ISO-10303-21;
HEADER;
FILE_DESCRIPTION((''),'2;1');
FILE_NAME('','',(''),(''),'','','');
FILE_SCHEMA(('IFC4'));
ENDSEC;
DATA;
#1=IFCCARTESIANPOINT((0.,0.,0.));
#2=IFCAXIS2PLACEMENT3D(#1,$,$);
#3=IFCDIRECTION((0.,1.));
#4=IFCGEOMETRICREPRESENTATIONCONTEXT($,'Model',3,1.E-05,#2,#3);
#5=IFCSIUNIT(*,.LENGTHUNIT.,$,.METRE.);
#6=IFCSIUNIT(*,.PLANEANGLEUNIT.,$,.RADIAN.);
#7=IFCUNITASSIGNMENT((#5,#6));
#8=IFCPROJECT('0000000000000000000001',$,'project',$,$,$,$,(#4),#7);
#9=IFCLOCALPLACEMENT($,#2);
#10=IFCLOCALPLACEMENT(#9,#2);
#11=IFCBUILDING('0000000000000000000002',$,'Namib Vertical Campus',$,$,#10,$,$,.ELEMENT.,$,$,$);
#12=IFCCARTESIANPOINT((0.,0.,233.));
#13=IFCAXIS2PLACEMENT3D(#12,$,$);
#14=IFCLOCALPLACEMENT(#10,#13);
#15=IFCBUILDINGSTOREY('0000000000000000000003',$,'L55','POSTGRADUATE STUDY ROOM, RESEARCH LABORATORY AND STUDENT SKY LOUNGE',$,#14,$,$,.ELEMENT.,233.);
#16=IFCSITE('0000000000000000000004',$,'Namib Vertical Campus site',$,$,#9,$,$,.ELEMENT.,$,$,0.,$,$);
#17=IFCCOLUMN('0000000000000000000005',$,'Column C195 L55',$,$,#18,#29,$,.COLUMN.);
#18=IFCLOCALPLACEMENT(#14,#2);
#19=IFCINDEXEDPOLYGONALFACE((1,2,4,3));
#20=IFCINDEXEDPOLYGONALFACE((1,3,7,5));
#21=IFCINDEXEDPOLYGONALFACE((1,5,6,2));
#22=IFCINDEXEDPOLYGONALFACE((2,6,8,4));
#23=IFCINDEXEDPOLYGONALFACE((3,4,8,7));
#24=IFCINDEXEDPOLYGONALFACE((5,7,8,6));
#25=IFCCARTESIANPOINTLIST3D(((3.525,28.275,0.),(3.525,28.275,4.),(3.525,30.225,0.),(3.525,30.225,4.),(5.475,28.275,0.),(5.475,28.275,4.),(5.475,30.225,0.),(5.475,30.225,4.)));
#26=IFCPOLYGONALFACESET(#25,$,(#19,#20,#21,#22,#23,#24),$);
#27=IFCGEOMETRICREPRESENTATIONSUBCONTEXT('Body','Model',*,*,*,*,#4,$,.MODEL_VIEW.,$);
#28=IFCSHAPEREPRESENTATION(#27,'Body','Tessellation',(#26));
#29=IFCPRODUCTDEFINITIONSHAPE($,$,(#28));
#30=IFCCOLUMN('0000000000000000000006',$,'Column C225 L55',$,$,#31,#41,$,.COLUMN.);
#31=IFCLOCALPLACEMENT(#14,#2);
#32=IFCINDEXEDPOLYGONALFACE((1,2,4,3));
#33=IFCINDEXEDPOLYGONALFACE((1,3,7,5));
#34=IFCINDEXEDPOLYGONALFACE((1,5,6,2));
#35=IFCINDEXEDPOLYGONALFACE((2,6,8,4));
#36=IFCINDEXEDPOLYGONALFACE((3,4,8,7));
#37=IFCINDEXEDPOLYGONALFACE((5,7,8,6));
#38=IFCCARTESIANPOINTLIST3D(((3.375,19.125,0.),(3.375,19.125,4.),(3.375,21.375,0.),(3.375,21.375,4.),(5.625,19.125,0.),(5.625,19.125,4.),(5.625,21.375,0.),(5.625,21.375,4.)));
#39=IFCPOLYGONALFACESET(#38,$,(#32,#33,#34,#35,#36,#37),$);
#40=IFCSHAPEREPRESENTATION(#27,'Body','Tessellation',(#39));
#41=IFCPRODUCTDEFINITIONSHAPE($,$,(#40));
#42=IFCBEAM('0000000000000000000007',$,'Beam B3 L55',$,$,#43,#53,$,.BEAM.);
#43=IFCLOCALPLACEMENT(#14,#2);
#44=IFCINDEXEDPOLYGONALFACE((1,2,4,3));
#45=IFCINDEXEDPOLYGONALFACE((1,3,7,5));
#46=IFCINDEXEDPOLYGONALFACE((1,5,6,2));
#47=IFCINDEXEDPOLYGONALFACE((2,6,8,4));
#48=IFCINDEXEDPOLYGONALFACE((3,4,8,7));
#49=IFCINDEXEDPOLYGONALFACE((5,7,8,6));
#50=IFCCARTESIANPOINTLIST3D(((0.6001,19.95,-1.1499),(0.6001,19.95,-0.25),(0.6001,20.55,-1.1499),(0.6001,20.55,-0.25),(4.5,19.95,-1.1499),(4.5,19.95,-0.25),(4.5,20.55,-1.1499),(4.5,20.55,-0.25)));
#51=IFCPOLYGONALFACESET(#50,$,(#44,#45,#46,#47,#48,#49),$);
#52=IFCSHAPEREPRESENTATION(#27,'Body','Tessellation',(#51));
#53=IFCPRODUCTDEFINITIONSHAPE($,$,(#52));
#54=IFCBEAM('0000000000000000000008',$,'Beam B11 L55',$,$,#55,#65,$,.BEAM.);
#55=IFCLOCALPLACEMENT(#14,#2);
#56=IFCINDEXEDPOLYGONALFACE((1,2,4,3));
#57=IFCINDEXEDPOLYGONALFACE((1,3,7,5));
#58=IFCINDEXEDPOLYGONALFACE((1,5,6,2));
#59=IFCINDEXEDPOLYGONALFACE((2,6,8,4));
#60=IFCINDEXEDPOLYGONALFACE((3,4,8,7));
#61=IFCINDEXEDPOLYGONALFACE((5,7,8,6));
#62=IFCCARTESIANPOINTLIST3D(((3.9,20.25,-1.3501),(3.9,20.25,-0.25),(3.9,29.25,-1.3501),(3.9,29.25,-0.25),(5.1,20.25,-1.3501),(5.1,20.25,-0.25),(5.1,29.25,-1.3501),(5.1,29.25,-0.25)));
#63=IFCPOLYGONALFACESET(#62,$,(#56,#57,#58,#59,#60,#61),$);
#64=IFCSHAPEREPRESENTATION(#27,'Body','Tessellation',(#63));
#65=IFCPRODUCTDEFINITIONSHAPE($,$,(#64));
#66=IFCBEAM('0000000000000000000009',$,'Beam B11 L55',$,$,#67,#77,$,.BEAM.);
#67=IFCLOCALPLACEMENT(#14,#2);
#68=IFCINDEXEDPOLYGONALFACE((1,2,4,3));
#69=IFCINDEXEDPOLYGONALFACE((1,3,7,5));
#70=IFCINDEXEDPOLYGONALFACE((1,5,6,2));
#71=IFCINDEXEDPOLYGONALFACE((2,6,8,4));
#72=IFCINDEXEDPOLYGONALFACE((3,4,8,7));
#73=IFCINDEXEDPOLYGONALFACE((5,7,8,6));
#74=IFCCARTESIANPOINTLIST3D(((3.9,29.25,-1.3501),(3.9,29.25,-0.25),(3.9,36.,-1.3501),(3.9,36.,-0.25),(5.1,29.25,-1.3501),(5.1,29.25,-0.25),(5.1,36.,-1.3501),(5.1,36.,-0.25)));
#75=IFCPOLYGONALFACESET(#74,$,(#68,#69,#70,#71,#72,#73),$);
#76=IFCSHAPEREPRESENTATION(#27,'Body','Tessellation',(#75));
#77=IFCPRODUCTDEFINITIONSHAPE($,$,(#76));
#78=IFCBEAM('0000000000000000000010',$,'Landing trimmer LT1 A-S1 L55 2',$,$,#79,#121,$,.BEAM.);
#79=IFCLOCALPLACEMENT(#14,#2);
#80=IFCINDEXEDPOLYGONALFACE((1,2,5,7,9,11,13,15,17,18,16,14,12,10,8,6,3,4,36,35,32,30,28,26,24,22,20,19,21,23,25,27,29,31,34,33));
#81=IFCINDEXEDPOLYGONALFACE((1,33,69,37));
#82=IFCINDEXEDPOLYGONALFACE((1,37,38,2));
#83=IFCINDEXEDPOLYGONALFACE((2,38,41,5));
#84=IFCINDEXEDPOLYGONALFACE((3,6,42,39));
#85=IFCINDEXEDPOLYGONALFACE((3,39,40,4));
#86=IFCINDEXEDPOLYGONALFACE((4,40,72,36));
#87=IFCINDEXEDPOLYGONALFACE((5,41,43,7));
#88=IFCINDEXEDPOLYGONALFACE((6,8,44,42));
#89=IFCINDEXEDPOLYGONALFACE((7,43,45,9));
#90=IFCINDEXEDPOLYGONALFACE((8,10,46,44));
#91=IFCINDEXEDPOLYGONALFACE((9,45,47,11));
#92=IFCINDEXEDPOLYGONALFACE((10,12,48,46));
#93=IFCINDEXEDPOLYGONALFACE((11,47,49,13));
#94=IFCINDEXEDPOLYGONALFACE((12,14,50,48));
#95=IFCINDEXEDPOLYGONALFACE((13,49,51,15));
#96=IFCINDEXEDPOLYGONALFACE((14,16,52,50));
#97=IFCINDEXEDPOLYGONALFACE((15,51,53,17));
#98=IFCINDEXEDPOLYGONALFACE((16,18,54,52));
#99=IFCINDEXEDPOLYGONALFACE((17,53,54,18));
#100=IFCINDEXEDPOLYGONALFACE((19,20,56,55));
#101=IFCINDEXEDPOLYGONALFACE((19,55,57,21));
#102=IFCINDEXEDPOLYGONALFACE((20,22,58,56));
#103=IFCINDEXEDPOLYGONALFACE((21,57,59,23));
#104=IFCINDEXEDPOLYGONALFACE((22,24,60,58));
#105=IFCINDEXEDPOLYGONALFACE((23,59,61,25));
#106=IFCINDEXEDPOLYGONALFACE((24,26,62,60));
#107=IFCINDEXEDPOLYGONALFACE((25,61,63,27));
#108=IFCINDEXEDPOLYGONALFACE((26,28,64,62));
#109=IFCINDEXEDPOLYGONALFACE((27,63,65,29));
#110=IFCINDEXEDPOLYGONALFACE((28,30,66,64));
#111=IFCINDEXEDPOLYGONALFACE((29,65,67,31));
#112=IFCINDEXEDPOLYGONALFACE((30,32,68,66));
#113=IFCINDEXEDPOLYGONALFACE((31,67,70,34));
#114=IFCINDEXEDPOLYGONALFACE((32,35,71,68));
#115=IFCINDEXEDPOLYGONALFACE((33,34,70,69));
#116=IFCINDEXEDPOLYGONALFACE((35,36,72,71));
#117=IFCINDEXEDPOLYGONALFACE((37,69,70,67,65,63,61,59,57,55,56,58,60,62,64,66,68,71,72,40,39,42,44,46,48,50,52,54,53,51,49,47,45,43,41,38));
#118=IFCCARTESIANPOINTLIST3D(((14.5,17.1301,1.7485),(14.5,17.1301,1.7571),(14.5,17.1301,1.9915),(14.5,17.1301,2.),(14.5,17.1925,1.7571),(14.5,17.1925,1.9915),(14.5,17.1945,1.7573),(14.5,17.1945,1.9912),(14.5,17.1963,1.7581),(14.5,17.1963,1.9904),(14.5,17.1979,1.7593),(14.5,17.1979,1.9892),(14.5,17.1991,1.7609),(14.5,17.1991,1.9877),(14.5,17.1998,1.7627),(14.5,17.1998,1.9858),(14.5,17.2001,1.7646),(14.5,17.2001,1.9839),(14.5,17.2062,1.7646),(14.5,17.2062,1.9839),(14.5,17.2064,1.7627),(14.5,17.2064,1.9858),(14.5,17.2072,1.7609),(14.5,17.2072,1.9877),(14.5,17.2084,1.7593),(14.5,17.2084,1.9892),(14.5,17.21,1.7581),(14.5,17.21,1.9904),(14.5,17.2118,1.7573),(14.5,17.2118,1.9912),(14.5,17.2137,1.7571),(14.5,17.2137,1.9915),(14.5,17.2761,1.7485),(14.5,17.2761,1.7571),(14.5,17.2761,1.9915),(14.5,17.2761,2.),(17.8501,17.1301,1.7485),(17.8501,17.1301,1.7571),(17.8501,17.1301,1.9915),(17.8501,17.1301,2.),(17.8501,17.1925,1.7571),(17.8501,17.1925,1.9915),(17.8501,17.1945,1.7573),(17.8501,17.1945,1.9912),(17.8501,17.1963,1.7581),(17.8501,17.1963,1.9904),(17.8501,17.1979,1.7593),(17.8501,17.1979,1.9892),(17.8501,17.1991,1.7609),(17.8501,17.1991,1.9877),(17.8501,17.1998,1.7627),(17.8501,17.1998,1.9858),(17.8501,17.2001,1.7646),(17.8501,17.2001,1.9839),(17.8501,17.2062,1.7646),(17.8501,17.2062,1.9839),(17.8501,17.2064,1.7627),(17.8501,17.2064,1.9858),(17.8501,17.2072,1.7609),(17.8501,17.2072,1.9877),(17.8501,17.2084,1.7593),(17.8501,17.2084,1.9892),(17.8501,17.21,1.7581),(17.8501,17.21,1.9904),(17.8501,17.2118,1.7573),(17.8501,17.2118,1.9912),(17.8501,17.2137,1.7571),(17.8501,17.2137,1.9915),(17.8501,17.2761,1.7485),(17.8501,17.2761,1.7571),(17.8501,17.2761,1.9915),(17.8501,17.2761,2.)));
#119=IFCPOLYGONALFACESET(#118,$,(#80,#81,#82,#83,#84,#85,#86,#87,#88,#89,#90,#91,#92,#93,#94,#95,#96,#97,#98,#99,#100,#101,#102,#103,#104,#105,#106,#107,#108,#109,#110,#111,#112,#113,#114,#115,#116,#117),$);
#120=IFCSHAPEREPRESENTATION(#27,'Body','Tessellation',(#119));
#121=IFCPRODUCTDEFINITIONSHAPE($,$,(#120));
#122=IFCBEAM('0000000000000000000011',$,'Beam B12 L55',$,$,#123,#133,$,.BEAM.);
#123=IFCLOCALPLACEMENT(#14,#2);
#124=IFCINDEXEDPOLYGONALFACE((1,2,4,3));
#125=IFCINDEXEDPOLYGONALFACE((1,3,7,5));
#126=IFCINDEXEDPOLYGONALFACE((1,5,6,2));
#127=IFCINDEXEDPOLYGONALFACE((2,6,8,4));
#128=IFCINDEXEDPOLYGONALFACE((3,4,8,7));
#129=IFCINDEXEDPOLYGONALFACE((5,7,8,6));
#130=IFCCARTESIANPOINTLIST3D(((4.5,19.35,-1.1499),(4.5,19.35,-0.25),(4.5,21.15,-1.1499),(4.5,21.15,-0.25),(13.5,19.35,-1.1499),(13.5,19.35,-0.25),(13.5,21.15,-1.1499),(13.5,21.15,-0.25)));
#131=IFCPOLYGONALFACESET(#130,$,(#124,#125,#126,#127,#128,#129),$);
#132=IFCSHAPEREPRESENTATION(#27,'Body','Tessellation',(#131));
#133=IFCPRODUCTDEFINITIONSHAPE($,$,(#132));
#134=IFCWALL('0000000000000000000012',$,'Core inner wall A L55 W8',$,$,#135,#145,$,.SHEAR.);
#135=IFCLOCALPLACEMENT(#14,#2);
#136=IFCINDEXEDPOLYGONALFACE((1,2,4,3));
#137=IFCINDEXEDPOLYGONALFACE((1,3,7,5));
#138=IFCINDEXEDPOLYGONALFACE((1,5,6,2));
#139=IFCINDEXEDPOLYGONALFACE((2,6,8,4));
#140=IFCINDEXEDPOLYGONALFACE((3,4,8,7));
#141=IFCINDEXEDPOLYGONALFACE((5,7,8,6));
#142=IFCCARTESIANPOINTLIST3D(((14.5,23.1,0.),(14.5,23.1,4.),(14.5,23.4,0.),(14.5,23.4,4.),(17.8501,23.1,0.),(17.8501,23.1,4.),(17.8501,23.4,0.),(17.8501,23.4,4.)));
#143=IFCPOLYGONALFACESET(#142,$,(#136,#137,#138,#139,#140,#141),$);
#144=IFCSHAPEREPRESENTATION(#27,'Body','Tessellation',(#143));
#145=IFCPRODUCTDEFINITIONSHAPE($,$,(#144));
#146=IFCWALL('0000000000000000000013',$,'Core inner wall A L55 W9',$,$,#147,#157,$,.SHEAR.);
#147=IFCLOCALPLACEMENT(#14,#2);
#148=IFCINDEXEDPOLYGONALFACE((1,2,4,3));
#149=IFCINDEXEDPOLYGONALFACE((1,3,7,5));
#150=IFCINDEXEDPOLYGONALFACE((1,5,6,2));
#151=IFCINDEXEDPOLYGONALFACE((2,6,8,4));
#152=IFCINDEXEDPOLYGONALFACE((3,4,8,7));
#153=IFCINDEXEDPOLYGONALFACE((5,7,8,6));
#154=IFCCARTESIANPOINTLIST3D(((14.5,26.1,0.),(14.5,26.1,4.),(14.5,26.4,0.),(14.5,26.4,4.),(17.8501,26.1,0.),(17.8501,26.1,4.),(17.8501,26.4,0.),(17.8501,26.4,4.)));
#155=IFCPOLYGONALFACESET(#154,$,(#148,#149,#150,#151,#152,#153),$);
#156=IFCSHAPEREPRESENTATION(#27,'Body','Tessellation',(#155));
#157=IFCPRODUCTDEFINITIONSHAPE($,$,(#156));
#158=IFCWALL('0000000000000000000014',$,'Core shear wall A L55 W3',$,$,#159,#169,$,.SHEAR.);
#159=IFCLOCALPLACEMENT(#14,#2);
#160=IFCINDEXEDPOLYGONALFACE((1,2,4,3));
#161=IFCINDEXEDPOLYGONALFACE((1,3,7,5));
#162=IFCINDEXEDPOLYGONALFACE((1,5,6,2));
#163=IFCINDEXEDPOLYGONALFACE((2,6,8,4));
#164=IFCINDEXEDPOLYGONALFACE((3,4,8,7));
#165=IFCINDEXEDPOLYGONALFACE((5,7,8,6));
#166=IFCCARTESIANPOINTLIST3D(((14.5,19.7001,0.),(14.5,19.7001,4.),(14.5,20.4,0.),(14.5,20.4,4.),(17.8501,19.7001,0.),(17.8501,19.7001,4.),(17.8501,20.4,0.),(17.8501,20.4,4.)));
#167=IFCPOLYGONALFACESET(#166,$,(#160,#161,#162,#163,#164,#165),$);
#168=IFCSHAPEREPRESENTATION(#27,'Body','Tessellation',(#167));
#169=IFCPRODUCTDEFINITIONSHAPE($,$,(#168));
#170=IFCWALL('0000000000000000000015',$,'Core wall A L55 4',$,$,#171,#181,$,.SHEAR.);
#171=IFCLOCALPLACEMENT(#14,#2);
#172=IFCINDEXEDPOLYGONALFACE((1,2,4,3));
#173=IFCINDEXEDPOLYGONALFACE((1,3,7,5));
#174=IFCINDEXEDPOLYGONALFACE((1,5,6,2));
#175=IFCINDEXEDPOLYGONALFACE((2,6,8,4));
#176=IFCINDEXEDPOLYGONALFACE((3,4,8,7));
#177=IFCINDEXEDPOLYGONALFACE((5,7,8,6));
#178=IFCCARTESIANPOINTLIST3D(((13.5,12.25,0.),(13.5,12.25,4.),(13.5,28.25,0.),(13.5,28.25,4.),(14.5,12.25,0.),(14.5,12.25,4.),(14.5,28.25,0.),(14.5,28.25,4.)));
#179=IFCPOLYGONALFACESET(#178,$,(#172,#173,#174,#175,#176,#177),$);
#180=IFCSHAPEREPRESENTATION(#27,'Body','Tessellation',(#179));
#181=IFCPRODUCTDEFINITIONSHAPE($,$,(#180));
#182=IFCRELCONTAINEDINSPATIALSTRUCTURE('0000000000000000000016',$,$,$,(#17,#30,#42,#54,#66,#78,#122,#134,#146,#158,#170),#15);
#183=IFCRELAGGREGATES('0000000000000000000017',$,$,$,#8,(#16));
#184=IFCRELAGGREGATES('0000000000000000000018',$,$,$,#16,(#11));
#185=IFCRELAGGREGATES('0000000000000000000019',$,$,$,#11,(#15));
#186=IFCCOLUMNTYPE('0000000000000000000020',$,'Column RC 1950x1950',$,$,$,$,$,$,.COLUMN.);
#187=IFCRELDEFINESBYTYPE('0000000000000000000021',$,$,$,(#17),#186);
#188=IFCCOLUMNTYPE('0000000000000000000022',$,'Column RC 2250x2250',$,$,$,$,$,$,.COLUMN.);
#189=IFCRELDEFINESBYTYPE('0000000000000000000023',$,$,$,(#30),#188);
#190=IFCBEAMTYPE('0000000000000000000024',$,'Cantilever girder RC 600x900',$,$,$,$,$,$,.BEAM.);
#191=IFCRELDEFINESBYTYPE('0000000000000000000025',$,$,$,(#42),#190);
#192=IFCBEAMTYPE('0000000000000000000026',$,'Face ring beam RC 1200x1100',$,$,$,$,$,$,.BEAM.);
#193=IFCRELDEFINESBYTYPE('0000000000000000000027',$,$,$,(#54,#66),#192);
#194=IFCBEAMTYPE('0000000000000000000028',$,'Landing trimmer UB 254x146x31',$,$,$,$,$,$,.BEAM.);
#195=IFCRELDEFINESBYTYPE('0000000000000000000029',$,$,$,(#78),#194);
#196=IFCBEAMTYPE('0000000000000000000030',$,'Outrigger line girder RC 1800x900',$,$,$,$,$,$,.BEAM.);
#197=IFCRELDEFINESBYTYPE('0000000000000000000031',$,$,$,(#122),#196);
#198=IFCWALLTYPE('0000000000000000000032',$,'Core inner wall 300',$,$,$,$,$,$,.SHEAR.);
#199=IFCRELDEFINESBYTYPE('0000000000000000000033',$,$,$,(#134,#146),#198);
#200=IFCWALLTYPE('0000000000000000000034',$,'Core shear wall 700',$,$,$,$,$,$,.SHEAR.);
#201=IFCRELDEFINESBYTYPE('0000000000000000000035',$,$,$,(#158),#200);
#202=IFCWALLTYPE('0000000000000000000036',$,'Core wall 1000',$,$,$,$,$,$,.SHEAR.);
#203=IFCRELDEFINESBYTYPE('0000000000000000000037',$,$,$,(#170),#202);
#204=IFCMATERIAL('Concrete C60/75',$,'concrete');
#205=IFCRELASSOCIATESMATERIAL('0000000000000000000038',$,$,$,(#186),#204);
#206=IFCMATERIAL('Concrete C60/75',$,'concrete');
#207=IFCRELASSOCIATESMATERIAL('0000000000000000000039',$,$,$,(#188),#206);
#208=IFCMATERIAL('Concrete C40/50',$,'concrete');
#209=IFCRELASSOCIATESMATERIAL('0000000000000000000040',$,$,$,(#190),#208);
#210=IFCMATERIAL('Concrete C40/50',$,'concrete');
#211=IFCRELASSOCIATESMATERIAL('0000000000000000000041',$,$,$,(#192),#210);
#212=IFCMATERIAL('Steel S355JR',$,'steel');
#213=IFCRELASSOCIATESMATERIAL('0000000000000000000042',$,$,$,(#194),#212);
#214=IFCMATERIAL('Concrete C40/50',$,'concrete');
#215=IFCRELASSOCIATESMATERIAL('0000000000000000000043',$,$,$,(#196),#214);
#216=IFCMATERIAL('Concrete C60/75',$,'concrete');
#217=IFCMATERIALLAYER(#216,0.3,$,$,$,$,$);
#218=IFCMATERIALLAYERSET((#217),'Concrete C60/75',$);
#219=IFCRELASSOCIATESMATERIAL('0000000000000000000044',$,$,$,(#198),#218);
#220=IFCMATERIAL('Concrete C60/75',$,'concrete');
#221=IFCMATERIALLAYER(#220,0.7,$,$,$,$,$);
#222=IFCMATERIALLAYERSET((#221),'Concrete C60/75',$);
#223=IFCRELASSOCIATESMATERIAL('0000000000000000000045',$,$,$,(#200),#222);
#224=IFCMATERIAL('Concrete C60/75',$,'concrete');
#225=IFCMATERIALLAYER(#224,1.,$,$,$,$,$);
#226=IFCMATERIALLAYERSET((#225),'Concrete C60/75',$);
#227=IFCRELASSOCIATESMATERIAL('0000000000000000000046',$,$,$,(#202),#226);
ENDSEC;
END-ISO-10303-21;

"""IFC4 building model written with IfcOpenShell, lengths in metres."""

from ifc_helpers import new_model, si_unit, direction, frame, frame_2d, origin, origin_2d, place, context, subcontext, project, spatial, rectangle, i_section, extrude, material, layer, layer_set, material_profile, profile_set, type_object, element, save


model = new_model("IFC4")

# Units and contexts
model_context = context("Model", 3, precision=1e-05, world=origin(), true_north=direction((0.0, 1.0)))
body_context = subcontext(model_context, "Body", "Model", "MODEL_VIEW")
ifc_project = project(units=[si_unit("LENGTHUNIT", "METRE"), si_unit("PLANEANGLEUNIT", "RADIAN")], contexts=[model_context])

# Site, building, storey
site_placement = place(None, origin())
site = spatial("IfcSite", under=ifc_project, at=site_placement, Name="Namib Vertical Campus site", CompositionType="ELEMENT", RefElevation=0.0)
building_placement = place(site_placement, origin())
building = spatial("IfcBuilding", under=site, at=building_placement, Name="Namib Vertical Campus", CompositionType="ELEMENT")
storey_placement = place(building_placement, frame((0.0, 0.0, 233.0)))
storey = spatial("IfcBuildingStorey", under=building, at=storey_placement, Name="L55", Description="POSTGRADUATE STUDY ROOM, RESEARCH LABORATORY AND STUDENT SKY LOUNGE", CompositionType="ELEMENT", Elevation=233.0)

# Columns
ifc_material_1 = material(Name="Concrete C60/75", Category="concrete")
ifc_material_profile_1 = material_profile(ifc_material_1, rectangle(XDim=1.95, YDim=1.95, at=origin_2d()))
ifc_profile_set_1 = profile_set([ifc_material_profile_1], Name="Concrete C60/75")
column_type_1 = type_object("IfcColumnType", Name="Column RC 1950x1950", PredefinedType="COLUMN", material=ifc_profile_set_1)
column_1_placement = place(storey_placement, frame((4.5, 29.25, 0.0), z_axis=(0.0, 0.0, 1.0), x_axis=(1.0, 0.0, 0.0)))
element("IfcColumn", 1, at=column_1_placement, inside=storey, type_object=column_type_1, Name="Column C195 L55", PredefinedType="COLUMN", context=body_context, shape_type="SweptSolid", body=[
    extrude(rectangle(XDim=1.95, YDim=1.95, at=origin_2d()), origin(), (0.0, 0.0, 1.0), 4.0),
])
ifc_material_2 = material(Name="Concrete C60/75", Category="concrete")
ifc_material_profile_2 = material_profile(ifc_material_2, rectangle(XDim=2.25, YDim=2.25, at=origin_2d()))
ifc_profile_set_2 = profile_set([ifc_material_profile_2], Name="Concrete C60/75")
column_type_2 = type_object("IfcColumnType", Name="Column RC 2250x2250", PredefinedType="COLUMN", material=ifc_profile_set_2)
column_2_placement = place(storey_placement, frame((4.5, 20.25, 0.0), z_axis=(0.0, 0.0, 1.0), x_axis=(1.0, 0.0, 0.0)))
element("IfcColumn", 2, at=column_2_placement, inside=storey, type_object=column_type_2, Name="Column C225 L55", PredefinedType="COLUMN", context=body_context, shape_type="SweptSolid", body=[
    extrude(rectangle(XDim=2.25, YDim=2.25, at=origin_2d()), origin(), (0.0, 0.0, 1.0), 4.0),
])

# Beams
ifc_material_3 = material(Name="Concrete C40/50", Category="concrete")
ifc_material_profile_3 = material_profile(ifc_material_3, rectangle(XDim=0.6001, YDim=0.8999, at=origin_2d()))
ifc_profile_set_3 = profile_set([ifc_material_profile_3], Name="Concrete C40/50")
beam_type_1 = type_object("IfcBeamType", Name="Cantilever girder RC 600x900", PredefinedType="BEAM", material=ifc_profile_set_3)
beam_1_placement = place(storey_placement, frame((4.5, 20.25, -0.7), z_axis=(-1.0, 0.0, 0.0), x_axis=(0.0, -1.0, 0.0)))
element("IfcBeam", 3, at=beam_1_placement, inside=storey, type_object=beam_type_1, Name="Beam B3 L55", PredefinedType="BEAM", context=body_context, shape_type="SweptSolid", body=[
    extrude(rectangle(XDim=0.6001, YDim=0.8999, at=origin_2d()), origin(), (0.0, 0.0, 1.0), 3.8999),
])
ifc_material_4 = material(Name="Concrete C40/50", Category="concrete")
ifc_material_profile_4 = material_profile(ifc_material_4, rectangle(XDim=1.2, YDim=1.1001, at=origin_2d()))
ifc_profile_set_4 = profile_set([ifc_material_profile_4], Name="Concrete C40/50")
beam_type_2 = type_object("IfcBeamType", Name="Face ring beam RC 1200x1100", PredefinedType="BEAM", material=ifc_profile_set_4)
beam_2_placement = place(storey_placement, frame((4.5, 20.25, -0.8), z_axis=(0.0, 1.0, 0.0), x_axis=(-1.0, 0.0, 0.0)))
element("IfcBeam", 4, at=beam_2_placement, inside=storey, type_object=beam_type_2, Name="Beam B11 L55", PredefinedType="BEAM", context=body_context, shape_type="SweptSolid", body=[
    extrude(rectangle(XDim=1.2, YDim=1.1001, at=origin_2d()), origin(), (0.0, 0.0, 1.0), 9.0),
])
beam_3_placement = place(storey_placement, frame((4.5, 29.25, -0.8), z_axis=(0.0, 1.0, 0.0), x_axis=(-1.0, 0.0, 0.0)))
element("IfcBeam", 5, at=beam_3_placement, inside=storey, type_object=beam_type_2, Name="Beam B11 L55", PredefinedType="BEAM", context=body_context, shape_type="SweptSolid", body=[
    extrude(rectangle(XDim=1.2, YDim=1.1001, at=origin_2d()), origin(), (0.0, 0.0, 1.0), 6.75),
])
ifc_material_5 = material(Name="Steel S355JR", Category="steel")
ifc_material_profile_5 = material_profile(ifc_material_5, i_section(OverallWidth=0.146, OverallDepth=0.2515, WebThickness=0.0061, FlangeThickness=0.0085, FilletRadius=0.0076, at=origin_2d()))
ifc_profile_set_5 = profile_set([ifc_material_profile_5], Name="Steel S355JR")
beam_type_3 = type_object("IfcBeamType", Name="Landing trimmer UB 254x146x31", PredefinedType="BEAM", material=ifc_profile_set_5)
beam_4_placement = place(storey_placement, frame((14.5, 17.2031, 1.8743), z_axis=(1.0, 0.0, 0.0), x_axis=(0.0, 1.0, 0.0)))
element("IfcBeam", 6, at=beam_4_placement, inside=storey, type_object=beam_type_3, Name="Landing trimmer LT1 A-S1 L55 2", PredefinedType="BEAM", context=body_context, shape_type="SweptSolid", body=[
    extrude(i_section(OverallWidth=0.146, OverallDepth=0.2515, WebThickness=0.0061, FlangeThickness=0.0085, FilletRadius=0.0076, at=origin_2d()), origin(), (0.0, 0.0, 1.0), 3.3501),
])
ifc_material_6 = material(Name="Concrete C40/50", Category="concrete")
ifc_material_profile_6 = material_profile(ifc_material_6, rectangle(XDim=1.8, YDim=0.8999, at=origin_2d()))
ifc_profile_set_6 = profile_set([ifc_material_profile_6], Name="Concrete C40/50")
beam_type_4 = type_object("IfcBeamType", Name="Outrigger line girder RC 1800x900", PredefinedType="BEAM", material=ifc_profile_set_6)
beam_5_placement = place(storey_placement, frame((4.5, 20.25, -0.7), z_axis=(1.0, 0.0, 0.0), x_axis=(0.0, 1.0, 0.0)))
element("IfcBeam", 7, at=beam_5_placement, inside=storey, type_object=beam_type_4, Name="Beam B12 L55", PredefinedType="BEAM", context=body_context, shape_type="SweptSolid", body=[
    extrude(rectangle(XDim=1.8, YDim=0.8999, at=origin_2d()), origin(), (0.0, 0.0, 1.0), 9.0),
])

# Walls
ifc_material_7 = material(Name="Concrete C60/75", Category="concrete")
ifc_layer_1 = layer(ifc_material_7, 0.3)
ifc_layer_set_1 = layer_set([ifc_layer_1], Name="Concrete C60/75")
wall_type_1 = type_object("IfcWallType", Name="Core inner wall 300", PredefinedType="SHEAR", material=ifc_layer_set_1)
for number, where, z_axis, x_axis, name in (
    (8, (14.5, 23.25, 0.0), (0.0, 0.0, 1.0), (1.0, 0.0, 0.0), "Core inner wall A L55 W8"),
    (9, (14.5, 26.25, 0.0), (0.0, 0.0, 1.0), (1.0, 0.0, 0.0), "Core inner wall A L55 W9"),
):
    element("IfcWall", number, at=place(storey_placement, frame(where, z_axis=z_axis, x_axis=x_axis)), inside=storey, type_object=wall_type_1, Name=name, PredefinedType="SHEAR", context=body_context, shape_type="SweptSolid", body=[
        extrude(rectangle(XDim=3.3501, YDim=0.3, at=frame_2d((1.675, 0.0))), origin(), (0.0, 0.0, 1.0), 4.0),
    ])
ifc_material_8 = material(Name="Concrete C60/75", Category="concrete")
ifc_layer_2 = layer(ifc_material_8, 0.7)
ifc_layer_set_2 = layer_set([ifc_layer_2], Name="Concrete C60/75")
wall_type_2 = type_object("IfcWallType", Name="Core shear wall 700", PredefinedType="SHEAR", material=ifc_layer_set_2)
wall_1_placement = place(storey_placement, frame((14.5, 20.05, 0.0), z_axis=(0.0, 0.0, 1.0), x_axis=(1.0, 0.0, 0.0)))
element("IfcWall", 10, at=wall_1_placement, inside=storey, type_object=wall_type_2, Name="Core shear wall A L55 W3", PredefinedType="SHEAR", context=body_context, shape_type="SweptSolid", body=[
    extrude(rectangle(XDim=3.3501, YDim=0.7, at=frame_2d((1.675, 0.0))), origin(), (0.0, 0.0, 1.0), 4.0),
])
ifc_material_9 = material(Name="Concrete C60/75", Category="concrete")
ifc_layer_3 = layer(ifc_material_9, 1.0)
ifc_layer_set_3 = layer_set([ifc_layer_3], Name="Concrete C60/75")
wall_type_3 = type_object("IfcWallType", Name="Core wall 1000", PredefinedType="SHEAR", material=ifc_layer_set_3)
wall_2_placement = place(storey_placement, frame((14.0, 28.25, 0.0), z_axis=(0.0, 0.0, 1.0), x_axis=(0.0, -1.0, 0.0)))
element("IfcWall", 11, at=wall_2_placement, inside=storey, type_object=wall_type_3, Name="Core wall A L55 4", PredefinedType="SHEAR", context=body_context, shape_type="SweptSolid", body=[
    extrude(rectangle(XDim=16.0, YDim=1.0, at=frame_2d((8.0, 0.0))), origin(), (0.0, 0.0, 1.0), 4.0),
])

save(model, "model.ifc")
